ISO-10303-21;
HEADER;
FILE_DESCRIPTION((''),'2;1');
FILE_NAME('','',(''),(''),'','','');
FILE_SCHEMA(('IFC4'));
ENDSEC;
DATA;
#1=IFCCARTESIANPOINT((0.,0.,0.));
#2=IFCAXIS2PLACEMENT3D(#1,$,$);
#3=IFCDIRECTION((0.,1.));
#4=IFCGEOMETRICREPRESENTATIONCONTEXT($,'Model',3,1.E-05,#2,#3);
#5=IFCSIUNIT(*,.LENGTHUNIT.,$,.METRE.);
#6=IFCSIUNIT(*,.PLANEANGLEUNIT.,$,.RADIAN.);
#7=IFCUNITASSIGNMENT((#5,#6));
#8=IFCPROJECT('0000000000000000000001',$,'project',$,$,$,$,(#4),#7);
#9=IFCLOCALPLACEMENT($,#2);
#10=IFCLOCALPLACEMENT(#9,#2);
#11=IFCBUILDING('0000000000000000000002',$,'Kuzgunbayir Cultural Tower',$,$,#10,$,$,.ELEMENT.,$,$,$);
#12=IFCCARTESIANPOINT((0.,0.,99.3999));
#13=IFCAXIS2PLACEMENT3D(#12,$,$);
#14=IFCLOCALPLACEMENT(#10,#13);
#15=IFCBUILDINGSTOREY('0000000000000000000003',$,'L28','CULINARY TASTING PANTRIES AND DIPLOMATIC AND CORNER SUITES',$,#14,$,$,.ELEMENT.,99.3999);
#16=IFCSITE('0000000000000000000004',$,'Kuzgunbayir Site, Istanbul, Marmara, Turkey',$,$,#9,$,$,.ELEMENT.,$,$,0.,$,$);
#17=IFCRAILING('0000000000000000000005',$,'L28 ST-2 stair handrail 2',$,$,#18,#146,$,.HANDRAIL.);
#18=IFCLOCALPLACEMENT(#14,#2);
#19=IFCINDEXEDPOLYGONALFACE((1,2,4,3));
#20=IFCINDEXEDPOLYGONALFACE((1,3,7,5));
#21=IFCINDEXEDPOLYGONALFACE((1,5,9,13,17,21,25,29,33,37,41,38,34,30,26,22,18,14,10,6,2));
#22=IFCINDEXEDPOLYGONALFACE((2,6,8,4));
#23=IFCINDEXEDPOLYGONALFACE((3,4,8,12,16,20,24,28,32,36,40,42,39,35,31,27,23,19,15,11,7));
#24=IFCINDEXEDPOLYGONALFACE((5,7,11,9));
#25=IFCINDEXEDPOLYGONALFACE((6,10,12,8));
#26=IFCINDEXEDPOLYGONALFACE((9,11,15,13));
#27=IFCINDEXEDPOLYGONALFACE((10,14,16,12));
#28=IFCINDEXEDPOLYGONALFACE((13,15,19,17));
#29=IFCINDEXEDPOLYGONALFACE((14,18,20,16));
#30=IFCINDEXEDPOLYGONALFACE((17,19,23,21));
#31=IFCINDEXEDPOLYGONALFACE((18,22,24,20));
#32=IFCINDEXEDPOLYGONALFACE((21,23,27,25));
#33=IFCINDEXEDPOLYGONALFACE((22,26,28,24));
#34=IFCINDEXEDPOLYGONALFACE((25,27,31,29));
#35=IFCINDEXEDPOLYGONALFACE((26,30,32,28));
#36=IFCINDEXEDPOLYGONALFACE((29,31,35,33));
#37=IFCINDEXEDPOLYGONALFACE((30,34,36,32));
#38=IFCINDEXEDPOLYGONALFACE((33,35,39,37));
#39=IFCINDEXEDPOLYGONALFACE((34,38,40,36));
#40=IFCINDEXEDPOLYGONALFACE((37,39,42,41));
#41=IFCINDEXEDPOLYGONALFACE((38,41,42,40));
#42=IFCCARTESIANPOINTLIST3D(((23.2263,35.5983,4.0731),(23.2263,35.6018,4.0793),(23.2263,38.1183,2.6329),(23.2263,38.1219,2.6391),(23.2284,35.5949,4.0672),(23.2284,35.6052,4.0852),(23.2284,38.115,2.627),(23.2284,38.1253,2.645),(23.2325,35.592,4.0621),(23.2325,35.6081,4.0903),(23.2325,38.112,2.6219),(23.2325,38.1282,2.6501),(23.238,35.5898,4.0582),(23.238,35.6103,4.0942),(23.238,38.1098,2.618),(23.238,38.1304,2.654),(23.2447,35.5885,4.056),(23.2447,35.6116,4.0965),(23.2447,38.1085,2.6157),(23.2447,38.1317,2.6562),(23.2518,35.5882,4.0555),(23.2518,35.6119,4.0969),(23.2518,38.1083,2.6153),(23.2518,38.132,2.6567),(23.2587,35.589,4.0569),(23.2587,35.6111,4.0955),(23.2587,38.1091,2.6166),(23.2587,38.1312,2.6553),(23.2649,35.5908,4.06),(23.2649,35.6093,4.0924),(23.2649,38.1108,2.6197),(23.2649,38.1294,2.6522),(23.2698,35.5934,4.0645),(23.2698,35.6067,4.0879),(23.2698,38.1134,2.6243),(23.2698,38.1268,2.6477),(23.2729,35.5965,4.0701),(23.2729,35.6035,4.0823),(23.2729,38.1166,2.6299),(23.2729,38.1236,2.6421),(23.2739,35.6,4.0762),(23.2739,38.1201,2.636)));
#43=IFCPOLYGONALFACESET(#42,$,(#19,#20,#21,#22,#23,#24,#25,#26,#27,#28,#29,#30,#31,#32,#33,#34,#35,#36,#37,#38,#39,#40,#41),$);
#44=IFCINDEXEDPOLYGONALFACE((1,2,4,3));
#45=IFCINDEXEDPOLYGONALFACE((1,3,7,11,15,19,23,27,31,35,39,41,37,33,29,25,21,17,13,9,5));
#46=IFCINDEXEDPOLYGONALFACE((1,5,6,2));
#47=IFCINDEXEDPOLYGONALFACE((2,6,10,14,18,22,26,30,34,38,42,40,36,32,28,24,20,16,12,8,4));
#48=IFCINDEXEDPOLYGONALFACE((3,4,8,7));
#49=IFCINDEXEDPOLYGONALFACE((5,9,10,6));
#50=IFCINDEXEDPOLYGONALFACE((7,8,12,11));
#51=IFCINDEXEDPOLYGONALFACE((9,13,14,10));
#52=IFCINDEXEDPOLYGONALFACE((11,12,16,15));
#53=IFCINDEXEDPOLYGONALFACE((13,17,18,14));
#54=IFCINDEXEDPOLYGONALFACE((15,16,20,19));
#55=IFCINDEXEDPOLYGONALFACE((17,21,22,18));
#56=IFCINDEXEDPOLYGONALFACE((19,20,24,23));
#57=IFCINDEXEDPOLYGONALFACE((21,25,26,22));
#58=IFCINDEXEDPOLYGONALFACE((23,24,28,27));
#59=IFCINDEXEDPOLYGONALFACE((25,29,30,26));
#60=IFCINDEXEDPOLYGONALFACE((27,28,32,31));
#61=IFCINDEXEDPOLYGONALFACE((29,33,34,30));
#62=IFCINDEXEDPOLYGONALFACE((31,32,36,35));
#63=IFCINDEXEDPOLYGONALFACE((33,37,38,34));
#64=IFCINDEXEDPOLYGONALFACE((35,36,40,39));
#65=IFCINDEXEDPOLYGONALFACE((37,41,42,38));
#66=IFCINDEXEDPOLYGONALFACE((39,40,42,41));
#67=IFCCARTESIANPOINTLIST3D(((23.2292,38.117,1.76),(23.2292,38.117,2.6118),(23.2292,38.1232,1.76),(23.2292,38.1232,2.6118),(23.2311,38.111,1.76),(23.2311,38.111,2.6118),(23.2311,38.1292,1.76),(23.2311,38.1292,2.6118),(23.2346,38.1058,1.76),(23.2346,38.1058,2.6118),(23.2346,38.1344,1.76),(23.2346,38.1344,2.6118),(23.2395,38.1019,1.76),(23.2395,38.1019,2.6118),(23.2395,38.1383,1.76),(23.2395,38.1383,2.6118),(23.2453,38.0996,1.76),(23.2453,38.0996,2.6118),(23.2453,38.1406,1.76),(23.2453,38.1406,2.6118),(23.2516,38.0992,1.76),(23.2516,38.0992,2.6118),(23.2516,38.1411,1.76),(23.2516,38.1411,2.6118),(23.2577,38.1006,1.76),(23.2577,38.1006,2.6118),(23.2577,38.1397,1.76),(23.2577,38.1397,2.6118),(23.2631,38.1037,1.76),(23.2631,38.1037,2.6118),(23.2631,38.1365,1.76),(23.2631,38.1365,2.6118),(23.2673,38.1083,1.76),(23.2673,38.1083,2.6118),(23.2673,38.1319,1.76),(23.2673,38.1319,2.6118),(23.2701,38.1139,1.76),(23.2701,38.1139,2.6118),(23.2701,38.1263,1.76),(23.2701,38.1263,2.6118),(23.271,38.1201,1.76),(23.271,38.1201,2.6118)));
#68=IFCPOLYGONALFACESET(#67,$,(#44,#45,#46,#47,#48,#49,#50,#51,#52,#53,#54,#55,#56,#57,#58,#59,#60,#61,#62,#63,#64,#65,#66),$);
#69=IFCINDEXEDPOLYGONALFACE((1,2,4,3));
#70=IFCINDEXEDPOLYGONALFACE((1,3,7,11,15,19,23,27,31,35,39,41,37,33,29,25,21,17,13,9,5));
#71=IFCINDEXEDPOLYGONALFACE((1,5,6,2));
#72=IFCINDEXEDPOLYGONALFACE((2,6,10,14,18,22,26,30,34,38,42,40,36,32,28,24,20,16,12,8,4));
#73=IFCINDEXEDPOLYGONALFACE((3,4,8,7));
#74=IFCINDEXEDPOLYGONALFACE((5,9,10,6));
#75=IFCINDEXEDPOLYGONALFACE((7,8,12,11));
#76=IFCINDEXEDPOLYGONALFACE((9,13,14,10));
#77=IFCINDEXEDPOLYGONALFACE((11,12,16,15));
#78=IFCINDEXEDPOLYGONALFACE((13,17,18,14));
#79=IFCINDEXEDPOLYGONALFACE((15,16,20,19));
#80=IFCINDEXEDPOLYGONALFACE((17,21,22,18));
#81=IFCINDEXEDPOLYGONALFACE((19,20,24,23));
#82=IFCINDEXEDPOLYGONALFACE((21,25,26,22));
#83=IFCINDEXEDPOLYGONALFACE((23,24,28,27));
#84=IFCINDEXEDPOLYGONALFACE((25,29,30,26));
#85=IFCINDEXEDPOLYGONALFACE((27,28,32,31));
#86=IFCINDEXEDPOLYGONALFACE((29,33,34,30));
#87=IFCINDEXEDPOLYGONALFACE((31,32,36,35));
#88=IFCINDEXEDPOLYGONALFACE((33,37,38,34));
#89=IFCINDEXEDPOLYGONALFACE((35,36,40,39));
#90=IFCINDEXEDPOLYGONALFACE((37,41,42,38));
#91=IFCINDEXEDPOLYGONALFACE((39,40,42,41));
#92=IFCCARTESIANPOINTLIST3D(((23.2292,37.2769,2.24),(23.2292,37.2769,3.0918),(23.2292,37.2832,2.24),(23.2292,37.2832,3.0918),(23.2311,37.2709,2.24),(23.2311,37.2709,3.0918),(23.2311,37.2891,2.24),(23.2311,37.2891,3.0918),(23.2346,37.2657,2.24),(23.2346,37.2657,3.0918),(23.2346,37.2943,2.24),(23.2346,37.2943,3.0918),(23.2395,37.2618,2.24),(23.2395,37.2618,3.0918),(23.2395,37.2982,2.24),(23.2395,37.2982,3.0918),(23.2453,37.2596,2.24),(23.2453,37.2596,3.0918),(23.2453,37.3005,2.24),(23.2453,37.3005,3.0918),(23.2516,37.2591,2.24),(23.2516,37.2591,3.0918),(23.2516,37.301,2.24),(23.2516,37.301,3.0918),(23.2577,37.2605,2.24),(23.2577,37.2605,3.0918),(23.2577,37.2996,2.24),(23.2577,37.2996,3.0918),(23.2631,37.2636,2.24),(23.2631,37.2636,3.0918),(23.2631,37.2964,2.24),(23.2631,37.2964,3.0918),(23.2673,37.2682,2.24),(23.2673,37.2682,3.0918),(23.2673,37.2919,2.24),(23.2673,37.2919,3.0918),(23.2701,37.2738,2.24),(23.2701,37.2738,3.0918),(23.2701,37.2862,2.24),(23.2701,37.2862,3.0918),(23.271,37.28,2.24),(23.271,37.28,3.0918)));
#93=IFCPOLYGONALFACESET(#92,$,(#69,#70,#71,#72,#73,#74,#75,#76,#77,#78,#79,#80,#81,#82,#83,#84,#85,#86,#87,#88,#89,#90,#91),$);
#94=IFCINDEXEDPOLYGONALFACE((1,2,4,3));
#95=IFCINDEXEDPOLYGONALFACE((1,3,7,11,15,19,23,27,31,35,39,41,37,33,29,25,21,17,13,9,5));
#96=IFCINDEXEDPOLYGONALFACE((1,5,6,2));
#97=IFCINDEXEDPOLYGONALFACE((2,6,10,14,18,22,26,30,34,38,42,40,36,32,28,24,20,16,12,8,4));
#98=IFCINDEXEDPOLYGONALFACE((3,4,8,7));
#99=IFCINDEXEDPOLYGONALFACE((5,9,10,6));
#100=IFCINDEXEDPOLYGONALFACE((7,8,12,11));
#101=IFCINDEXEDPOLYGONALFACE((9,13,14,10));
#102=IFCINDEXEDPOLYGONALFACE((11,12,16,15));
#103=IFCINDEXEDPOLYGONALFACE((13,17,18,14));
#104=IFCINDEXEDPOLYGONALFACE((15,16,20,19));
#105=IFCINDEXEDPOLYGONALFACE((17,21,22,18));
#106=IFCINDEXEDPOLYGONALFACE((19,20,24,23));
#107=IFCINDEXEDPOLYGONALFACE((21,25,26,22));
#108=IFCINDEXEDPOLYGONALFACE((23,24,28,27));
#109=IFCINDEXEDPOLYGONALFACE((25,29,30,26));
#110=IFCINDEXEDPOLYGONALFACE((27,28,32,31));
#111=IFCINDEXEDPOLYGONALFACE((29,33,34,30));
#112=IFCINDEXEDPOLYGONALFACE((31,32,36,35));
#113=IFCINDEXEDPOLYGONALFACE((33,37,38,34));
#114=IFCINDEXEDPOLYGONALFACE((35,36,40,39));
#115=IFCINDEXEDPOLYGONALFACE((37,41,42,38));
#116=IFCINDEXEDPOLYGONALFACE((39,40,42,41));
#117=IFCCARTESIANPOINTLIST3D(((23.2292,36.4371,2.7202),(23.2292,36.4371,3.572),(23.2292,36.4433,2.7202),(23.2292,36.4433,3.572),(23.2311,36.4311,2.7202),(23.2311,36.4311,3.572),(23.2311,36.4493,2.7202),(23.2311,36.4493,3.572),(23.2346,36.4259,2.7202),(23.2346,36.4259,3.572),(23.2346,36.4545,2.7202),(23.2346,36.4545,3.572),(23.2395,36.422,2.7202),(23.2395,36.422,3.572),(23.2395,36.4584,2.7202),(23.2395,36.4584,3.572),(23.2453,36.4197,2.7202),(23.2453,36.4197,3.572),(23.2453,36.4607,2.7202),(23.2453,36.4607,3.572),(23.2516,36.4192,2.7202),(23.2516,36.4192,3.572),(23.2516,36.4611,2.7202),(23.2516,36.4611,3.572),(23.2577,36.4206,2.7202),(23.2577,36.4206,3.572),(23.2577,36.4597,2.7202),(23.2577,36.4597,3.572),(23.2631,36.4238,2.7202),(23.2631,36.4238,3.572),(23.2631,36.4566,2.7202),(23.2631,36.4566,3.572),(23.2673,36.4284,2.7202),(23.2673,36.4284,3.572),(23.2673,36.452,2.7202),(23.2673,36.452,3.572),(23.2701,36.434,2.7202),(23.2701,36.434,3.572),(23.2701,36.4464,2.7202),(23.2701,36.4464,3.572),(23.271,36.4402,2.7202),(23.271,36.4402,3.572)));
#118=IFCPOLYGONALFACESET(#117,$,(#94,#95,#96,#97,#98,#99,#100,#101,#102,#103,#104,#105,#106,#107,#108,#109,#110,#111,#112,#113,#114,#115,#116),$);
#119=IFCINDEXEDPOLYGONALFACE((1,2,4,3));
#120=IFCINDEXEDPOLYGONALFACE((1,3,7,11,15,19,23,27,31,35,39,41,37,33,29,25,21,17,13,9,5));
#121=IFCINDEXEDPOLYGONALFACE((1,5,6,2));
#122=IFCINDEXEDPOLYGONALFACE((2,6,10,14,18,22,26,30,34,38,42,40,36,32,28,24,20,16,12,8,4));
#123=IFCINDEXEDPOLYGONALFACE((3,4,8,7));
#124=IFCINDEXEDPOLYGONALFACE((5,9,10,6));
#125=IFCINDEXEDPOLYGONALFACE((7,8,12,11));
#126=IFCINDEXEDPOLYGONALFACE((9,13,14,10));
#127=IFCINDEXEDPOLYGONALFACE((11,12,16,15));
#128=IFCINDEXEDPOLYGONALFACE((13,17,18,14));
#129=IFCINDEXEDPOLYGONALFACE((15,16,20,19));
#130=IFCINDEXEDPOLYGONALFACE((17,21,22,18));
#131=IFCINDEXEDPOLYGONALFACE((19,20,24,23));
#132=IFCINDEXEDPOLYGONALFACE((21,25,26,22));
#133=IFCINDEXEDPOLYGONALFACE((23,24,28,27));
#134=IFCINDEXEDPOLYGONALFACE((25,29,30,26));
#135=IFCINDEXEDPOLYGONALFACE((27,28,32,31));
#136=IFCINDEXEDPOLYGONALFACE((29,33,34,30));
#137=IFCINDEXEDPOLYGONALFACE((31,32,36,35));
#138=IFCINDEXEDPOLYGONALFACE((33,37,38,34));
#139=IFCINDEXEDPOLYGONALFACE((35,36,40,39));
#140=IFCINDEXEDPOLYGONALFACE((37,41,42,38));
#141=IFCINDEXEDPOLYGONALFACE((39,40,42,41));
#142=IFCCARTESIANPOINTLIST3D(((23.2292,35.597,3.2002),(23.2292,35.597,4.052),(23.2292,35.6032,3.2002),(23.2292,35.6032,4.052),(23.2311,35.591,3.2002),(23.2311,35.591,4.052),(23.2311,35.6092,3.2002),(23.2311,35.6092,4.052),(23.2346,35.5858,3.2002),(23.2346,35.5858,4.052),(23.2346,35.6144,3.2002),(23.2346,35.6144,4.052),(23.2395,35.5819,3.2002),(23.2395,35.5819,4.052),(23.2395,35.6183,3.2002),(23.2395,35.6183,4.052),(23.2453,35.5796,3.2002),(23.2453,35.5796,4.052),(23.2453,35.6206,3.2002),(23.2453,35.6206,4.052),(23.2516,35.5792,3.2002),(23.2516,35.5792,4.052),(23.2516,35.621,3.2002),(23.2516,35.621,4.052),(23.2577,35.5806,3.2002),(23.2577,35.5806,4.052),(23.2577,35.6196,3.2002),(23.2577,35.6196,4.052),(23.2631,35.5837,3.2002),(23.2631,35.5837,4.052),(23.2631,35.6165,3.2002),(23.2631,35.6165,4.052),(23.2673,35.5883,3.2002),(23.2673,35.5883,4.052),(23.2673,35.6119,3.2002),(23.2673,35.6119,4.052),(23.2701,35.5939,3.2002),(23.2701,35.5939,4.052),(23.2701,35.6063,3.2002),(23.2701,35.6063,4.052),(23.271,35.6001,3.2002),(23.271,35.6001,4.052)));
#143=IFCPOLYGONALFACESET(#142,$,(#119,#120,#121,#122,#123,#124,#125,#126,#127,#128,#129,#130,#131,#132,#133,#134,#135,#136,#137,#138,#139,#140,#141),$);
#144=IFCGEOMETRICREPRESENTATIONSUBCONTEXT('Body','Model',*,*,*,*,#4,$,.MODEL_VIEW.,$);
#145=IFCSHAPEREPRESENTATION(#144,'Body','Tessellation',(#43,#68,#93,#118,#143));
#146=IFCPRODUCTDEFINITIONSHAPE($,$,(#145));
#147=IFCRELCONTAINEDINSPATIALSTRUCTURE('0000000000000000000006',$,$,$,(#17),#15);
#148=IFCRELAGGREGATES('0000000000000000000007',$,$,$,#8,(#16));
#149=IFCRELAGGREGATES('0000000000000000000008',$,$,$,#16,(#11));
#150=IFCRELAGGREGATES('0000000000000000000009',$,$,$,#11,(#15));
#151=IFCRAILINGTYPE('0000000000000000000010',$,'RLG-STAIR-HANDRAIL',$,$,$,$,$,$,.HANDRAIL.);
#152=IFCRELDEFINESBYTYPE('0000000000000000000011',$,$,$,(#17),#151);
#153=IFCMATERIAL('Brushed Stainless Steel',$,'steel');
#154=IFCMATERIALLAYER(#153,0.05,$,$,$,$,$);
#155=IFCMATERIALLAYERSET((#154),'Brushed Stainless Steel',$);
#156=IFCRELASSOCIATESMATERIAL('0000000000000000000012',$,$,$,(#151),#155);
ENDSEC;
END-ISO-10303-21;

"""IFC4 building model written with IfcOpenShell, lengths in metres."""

from ifc_helpers import new_model, si_unit, direction, frame, origin, origin_2d, place, context, subcontext, project, spatial, circle, extrude, material, layer, layer_set, type_object, element, save


model = new_model("IFC4")

# Units and contexts
model_context = context("Model", 3, precision=1e-05, world=origin(), true_north=direction((0.0, 1.0)))
body_context = subcontext(model_context, "Body", "Model", "MODEL_VIEW")
ifc_project = project(units=[si_unit("LENGTHUNIT", "METRE"), si_unit("PLANEANGLEUNIT", "RADIAN")], contexts=[model_context])

# Site, building, storey
site_placement = place(None, origin())
site = spatial("IfcSite", under=ifc_project, at=site_placement, Name="Kuzgunbayir Site, Istanbul, Marmara, Turkey", CompositionType="ELEMENT", RefElevation=0.0)
building_placement = place(site_placement, origin())
building = spatial("IfcBuilding", under=site, at=building_placement, Name="Kuzgunbayir Cultural Tower", CompositionType="ELEMENT")
storey_placement = place(building_placement, frame((0.0, 0.0, 99.3999)))
storey = spatial("IfcBuildingStorey", under=building, at=storey_placement, Name="L28", Description="CULINARY TASTING PANTRIES AND DIPLOMATIC AND CORNER SUITES", CompositionType="ELEMENT", Elevation=99.3999)

# Railing
ifc_material_1 = material(Name="Brushed Stainless Steel", Category="steel")
ifc_layer_1 = layer(ifc_material_1, 0.05)
ifc_layer_set_1 = layer_set([ifc_layer_1], Name="Brushed Stainless Steel")
railing_type_1 = type_object("IfcRailingType", Name="RLG-STAIR-HANDRAIL", PredefinedType="HANDRAIL", material=ifc_layer_set_1)
railing_1_placement = place(storey_placement, frame((23.25, 38.1201, 1.76)))
element("IfcRailing", 1, at=railing_1_placement, inside=storey, type_object=railing_type_1, Name="L28 ST-2 stair handrail 2", PredefinedType="HANDRAIL", context=body_context, shape_type="SweptSolid", body=[
    extrude(circle(Radius=0.0239, at=origin_2d()), frame((0.0, 0.0, 0.876), z_axis=(0.0, -0.868217, 0.496184), x_axis=(1.0, 0.0, 0.0)), (0.0, 0.0, 1.0), 2.9026),
    extrude(circle(Radius=0.021, at=origin_2d()), origin(), (0.0, 0.0, 1.0), 0.8518),
    extrude(circle(Radius=0.021, at=origin_2d()), frame((0.0, -0.8401, 0.48)), (0.0, 0.0, 1.0), 0.8518),
    extrude(circle(Radius=0.021, at=origin_2d()), frame((0.0, -1.6799, 0.9602)), (0.0, 0.0, 1.0), 0.8518),
    extrude(circle(Radius=0.021, at=origin_2d()), frame((0.0, -2.52, 1.4402)), (0.0, 0.0, 1.0), 0.8518),
])

save(model, "model.ifc")
